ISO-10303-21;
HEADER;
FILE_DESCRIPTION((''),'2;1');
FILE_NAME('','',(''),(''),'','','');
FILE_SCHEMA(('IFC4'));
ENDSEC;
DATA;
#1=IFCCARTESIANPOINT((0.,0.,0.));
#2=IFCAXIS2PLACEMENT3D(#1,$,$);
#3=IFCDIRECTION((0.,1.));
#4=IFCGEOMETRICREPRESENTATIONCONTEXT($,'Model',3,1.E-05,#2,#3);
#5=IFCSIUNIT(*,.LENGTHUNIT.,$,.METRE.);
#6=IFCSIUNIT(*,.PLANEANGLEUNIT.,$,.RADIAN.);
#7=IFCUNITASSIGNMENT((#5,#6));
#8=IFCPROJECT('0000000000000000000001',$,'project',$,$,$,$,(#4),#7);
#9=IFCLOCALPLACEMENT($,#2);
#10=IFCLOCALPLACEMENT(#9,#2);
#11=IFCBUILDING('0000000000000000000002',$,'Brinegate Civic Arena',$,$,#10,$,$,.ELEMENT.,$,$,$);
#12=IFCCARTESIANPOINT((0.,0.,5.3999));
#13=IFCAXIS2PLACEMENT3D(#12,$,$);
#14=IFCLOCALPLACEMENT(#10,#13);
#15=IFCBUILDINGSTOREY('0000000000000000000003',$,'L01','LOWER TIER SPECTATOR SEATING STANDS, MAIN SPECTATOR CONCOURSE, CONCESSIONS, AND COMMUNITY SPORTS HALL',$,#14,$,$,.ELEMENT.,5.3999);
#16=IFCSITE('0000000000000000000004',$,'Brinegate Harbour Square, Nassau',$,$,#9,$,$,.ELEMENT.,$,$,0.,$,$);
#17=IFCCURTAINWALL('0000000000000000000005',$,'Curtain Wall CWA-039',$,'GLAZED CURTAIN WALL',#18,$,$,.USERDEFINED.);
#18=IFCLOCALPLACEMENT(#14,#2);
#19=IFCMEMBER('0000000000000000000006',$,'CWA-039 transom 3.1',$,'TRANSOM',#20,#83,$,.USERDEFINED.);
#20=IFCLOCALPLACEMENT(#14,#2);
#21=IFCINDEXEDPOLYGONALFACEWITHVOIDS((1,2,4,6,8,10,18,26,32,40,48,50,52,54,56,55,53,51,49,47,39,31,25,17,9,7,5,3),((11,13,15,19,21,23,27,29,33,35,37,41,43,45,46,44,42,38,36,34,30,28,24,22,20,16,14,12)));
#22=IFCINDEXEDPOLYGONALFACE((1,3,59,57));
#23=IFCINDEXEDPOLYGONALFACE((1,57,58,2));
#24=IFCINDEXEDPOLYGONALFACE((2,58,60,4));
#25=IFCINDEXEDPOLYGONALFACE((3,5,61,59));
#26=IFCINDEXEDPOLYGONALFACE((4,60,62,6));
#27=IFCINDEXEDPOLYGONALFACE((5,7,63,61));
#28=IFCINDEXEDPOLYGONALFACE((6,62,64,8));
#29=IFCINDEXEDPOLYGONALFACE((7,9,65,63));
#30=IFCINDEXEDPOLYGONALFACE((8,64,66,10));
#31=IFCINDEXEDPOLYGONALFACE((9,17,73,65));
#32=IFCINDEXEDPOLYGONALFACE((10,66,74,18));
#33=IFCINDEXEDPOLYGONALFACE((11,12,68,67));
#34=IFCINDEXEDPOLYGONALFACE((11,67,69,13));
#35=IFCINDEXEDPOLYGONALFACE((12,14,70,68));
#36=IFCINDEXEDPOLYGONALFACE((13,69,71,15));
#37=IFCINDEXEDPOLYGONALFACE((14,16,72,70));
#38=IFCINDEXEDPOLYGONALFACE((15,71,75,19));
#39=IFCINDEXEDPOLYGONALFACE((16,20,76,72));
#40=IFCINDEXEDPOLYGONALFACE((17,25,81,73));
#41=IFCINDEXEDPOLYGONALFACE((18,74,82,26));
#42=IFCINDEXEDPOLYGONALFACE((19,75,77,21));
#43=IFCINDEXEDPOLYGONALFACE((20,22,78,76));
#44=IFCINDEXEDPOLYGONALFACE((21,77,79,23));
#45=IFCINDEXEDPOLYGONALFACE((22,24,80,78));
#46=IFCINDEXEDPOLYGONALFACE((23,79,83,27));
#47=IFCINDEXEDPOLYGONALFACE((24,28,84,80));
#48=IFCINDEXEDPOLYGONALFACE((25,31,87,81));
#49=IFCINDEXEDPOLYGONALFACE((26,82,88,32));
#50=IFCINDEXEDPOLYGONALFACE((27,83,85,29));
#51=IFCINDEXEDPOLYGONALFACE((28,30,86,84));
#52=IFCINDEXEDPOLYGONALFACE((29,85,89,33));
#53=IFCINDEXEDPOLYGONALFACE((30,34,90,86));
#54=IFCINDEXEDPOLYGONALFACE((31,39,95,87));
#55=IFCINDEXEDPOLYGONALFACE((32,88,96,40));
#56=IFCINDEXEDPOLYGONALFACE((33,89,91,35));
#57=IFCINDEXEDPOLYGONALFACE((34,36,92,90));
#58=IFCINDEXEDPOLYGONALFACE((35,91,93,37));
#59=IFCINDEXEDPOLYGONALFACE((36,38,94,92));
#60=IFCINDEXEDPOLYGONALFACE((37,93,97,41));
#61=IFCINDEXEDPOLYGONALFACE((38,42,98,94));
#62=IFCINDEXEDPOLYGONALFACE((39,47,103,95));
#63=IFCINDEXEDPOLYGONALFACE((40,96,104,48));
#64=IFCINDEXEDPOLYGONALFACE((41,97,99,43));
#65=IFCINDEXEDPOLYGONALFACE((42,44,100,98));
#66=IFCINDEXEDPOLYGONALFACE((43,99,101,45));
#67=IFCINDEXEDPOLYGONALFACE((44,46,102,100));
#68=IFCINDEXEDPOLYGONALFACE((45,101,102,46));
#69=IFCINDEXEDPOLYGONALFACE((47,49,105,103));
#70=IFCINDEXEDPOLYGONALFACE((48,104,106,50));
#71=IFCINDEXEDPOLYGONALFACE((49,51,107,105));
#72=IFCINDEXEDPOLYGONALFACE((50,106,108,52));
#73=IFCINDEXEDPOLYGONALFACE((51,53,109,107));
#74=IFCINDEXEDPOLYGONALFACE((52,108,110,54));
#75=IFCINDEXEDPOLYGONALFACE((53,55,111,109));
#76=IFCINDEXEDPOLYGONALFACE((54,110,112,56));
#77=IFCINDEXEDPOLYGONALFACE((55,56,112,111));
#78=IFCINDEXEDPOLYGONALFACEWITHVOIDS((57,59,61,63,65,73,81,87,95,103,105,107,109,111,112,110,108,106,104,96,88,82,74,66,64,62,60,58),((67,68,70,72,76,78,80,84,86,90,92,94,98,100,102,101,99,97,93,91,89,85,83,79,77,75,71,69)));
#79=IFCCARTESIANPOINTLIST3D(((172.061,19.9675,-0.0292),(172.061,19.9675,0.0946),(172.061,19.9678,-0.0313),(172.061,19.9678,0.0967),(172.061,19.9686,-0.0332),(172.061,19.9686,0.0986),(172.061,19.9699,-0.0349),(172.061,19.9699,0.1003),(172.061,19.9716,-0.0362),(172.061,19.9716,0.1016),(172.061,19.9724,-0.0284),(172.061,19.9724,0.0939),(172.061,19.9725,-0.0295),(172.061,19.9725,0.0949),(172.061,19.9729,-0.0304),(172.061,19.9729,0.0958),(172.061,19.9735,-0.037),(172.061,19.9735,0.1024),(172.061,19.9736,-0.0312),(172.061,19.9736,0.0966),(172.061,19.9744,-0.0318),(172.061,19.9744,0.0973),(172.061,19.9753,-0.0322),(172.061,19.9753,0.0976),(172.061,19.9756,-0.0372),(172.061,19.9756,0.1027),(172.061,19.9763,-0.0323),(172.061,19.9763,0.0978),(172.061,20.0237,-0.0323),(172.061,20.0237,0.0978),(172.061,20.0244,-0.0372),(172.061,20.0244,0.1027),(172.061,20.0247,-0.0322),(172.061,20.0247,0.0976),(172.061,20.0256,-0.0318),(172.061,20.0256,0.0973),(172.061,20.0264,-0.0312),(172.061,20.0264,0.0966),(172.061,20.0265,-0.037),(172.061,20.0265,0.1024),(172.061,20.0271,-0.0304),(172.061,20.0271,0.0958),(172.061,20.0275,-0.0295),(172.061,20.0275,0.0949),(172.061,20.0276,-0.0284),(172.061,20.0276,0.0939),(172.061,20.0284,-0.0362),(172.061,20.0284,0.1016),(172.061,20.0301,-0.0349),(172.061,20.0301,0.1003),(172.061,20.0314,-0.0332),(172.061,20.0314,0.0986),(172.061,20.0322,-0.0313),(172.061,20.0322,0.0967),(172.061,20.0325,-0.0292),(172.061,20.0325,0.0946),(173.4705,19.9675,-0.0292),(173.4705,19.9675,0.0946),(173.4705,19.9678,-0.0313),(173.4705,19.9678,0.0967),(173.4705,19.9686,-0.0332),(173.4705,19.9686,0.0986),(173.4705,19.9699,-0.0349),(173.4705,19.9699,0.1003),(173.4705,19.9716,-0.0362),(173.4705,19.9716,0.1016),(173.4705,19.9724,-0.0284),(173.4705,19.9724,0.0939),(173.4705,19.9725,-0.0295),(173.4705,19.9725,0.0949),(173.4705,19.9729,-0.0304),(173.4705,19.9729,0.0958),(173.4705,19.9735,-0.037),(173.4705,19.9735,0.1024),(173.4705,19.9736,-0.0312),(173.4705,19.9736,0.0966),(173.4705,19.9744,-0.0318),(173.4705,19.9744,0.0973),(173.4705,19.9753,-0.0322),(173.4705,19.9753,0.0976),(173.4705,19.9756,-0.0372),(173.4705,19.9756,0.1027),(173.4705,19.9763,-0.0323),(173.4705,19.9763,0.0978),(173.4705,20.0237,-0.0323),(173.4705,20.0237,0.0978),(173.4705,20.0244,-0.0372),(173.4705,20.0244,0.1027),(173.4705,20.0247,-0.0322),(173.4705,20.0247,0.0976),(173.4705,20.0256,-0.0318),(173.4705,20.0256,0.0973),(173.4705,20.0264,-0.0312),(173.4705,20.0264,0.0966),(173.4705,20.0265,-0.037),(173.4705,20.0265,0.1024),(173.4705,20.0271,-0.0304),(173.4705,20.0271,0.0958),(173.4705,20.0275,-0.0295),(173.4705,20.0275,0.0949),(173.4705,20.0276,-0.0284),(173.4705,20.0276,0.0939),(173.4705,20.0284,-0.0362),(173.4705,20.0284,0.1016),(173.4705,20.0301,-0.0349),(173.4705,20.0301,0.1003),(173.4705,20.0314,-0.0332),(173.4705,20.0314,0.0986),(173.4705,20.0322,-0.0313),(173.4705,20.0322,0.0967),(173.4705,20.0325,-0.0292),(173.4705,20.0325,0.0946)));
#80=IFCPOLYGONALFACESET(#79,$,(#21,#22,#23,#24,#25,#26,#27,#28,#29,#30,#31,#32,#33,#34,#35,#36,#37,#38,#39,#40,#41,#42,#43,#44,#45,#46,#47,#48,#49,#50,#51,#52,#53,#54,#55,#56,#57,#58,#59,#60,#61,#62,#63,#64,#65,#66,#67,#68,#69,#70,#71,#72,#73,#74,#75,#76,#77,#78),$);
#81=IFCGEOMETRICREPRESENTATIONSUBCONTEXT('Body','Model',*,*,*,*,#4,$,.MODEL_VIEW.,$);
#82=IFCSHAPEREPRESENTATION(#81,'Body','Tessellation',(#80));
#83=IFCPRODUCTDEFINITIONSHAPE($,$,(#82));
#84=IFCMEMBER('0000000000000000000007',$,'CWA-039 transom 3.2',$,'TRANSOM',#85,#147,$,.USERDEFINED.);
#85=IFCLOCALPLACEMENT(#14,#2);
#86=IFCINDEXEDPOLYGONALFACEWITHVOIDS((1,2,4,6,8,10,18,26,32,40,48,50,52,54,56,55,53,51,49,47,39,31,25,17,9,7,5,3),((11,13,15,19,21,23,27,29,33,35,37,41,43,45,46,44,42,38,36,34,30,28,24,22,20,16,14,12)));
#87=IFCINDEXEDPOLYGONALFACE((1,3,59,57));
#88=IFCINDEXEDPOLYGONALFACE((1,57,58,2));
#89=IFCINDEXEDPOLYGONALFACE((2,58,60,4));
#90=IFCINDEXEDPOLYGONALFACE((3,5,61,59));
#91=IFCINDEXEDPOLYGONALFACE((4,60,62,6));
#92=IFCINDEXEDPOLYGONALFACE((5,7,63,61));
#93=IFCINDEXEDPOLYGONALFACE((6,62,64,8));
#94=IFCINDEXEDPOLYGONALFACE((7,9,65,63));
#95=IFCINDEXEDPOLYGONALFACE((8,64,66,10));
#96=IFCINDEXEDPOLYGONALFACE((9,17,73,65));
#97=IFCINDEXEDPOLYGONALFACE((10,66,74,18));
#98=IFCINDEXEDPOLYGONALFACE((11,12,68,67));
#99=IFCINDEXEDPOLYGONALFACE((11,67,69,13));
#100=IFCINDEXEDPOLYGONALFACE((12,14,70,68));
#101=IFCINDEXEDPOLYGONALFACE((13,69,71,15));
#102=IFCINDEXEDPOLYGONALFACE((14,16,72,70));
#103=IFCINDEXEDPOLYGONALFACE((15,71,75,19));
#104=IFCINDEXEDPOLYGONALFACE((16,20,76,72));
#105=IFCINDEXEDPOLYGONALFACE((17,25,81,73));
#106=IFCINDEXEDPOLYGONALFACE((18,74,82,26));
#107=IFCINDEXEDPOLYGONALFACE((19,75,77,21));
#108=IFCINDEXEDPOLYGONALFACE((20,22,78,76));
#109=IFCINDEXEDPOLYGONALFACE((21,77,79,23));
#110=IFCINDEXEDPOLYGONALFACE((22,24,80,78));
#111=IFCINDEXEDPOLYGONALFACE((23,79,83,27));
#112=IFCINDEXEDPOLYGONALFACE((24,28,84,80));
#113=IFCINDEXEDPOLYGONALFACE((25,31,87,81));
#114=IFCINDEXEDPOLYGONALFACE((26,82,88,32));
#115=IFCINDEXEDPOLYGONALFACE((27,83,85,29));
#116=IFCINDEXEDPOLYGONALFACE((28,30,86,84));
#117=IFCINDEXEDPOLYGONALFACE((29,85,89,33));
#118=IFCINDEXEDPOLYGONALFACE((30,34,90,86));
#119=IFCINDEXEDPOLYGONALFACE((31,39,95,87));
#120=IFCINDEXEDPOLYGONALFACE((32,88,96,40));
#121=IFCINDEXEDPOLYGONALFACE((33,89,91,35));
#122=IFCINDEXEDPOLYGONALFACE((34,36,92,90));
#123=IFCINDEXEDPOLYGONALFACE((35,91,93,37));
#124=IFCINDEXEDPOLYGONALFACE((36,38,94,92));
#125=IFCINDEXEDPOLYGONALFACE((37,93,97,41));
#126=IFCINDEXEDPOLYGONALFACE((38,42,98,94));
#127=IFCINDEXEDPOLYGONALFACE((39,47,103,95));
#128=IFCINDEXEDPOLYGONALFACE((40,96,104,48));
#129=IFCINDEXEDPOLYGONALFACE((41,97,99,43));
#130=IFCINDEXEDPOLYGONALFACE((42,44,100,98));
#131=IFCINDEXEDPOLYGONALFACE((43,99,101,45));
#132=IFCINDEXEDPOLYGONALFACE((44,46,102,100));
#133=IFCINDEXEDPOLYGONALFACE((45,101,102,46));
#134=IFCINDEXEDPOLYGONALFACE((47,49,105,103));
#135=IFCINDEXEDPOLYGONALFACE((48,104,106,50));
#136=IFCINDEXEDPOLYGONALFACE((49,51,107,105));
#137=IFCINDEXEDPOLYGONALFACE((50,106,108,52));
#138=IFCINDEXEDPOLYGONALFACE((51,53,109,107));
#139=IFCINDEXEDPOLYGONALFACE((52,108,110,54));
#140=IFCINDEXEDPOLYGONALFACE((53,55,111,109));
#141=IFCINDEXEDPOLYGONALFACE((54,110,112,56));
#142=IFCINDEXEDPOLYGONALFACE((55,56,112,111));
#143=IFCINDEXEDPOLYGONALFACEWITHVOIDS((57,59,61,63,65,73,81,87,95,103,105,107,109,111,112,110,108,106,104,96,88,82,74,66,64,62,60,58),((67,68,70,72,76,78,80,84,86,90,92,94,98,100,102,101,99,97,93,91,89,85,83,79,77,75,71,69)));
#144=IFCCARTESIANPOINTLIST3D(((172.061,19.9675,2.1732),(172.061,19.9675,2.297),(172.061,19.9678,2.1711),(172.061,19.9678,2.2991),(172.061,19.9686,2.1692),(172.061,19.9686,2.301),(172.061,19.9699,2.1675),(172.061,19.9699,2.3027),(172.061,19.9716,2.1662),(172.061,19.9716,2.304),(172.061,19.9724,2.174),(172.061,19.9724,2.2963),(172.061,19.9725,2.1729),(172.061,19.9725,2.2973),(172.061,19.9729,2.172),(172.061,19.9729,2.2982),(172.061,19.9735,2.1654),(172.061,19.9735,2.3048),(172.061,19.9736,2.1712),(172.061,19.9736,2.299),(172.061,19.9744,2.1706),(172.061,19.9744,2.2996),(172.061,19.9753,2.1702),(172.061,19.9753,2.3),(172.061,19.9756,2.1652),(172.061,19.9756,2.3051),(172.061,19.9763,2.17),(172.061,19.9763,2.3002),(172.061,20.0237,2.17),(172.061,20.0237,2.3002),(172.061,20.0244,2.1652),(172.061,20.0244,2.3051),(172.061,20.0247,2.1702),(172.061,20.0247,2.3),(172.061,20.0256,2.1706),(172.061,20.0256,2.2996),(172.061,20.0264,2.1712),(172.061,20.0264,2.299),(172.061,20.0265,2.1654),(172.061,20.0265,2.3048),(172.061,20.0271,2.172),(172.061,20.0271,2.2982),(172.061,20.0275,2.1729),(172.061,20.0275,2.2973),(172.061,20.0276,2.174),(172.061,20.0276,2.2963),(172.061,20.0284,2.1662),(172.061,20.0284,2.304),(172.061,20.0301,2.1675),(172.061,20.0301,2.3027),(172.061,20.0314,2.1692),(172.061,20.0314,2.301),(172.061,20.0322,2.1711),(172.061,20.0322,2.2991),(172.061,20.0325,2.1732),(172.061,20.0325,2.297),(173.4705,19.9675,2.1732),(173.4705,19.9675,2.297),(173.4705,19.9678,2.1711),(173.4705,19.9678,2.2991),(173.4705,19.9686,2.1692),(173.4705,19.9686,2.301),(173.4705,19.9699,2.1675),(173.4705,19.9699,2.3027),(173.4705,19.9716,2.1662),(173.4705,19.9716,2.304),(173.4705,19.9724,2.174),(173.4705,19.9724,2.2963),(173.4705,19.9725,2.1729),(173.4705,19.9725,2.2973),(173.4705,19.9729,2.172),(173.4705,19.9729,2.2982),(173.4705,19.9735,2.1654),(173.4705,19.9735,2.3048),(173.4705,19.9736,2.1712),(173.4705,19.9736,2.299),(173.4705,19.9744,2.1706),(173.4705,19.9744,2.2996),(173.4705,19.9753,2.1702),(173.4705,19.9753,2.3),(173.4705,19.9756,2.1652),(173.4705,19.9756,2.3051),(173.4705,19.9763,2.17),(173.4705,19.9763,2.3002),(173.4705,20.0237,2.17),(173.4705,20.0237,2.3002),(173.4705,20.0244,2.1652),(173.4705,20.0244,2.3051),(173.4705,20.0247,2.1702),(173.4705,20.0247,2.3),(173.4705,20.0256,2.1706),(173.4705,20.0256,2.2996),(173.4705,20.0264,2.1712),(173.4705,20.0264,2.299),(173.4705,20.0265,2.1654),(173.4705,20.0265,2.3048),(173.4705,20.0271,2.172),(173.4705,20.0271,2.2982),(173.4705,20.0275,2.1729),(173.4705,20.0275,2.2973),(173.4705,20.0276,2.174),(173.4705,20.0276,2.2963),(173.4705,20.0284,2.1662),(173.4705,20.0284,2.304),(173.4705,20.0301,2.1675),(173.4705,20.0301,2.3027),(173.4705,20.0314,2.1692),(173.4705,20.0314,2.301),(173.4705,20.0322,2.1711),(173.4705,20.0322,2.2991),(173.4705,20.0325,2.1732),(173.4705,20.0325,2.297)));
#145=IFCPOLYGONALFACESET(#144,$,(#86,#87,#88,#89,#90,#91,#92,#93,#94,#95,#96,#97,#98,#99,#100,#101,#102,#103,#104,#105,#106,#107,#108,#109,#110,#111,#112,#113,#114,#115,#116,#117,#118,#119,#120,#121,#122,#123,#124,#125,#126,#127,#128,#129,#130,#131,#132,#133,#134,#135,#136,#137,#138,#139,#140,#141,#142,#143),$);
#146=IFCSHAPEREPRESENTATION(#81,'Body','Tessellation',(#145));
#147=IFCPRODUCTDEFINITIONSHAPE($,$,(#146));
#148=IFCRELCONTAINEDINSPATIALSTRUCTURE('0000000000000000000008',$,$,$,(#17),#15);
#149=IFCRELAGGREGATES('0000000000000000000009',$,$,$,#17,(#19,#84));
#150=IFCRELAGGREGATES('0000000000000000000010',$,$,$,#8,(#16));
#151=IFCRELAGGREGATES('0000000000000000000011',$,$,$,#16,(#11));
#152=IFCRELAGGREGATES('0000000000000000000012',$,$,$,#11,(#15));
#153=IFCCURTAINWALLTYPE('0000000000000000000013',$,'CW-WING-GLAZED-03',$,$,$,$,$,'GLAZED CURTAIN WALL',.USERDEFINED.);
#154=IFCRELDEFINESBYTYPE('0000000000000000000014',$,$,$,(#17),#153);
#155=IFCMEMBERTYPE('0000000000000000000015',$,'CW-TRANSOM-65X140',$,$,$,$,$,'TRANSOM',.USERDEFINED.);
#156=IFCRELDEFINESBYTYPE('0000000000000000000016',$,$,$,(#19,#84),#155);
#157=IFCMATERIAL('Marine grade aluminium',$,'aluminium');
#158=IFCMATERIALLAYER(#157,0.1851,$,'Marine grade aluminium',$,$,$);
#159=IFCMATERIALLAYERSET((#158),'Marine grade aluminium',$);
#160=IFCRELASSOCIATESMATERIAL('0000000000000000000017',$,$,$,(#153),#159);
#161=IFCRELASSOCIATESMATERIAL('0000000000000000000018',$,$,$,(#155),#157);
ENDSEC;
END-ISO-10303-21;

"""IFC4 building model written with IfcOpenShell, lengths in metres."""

from ifc_helpers import new_model, si_unit, direction, frame, origin, origin_2d, place, context, subcontext, project, spatial, hollow_rectangle, extrude, material, layer, layer_set, material_profile, profile_set, type_object, element, aggregate, save


model = new_model("IFC4")

# Units and contexts
model_context = context("Model", 3, precision=1e-05, world=origin(), true_north=direction((0.0, 1.0)))
body_context = subcontext(model_context, "Body", "Model", "MODEL_VIEW")
ifc_project = project(units=[si_unit("LENGTHUNIT", "METRE"), si_unit("PLANEANGLEUNIT", "RADIAN")], contexts=[model_context])

# Site, building, storey
site_placement = place(None, origin())
site = spatial("IfcSite", under=ifc_project, at=site_placement, Name="Brinegate Harbour Square, Nassau", CompositionType="ELEMENT", RefElevation=0.0)
building_placement = place(site_placement, origin())
building = spatial("IfcBuilding", under=site, at=building_placement, Name="Brinegate Civic Arena", CompositionType="ELEMENT")
storey_placement = place(building_placement, frame((0.0, 0.0, 5.3999)))
storey = spatial("IfcBuildingStorey", under=building, at=storey_placement, Name="L01", Description="LOWER TIER SPECTATOR SEATING STANDS, MAIN SPECTATOR CONCOURSE, CONCESSIONS, AND COMMUNITY SPORTS HALL", CompositionType="ELEMENT", Elevation=5.3999)

# Curtain wall, members
ifc_material_1 = material(Name="Marine grade aluminium", Category="aluminium")
ifc_layer_1 = layer(ifc_material_1, 0.1851, Name="Marine grade aluminium")
ifc_layer_set_1 = layer_set([ifc_layer_1], Name="Marine grade aluminium")
curtain_wall_type = type_object("IfcCurtainWallType", Name="CW-WING-GLAZED-03", ElementType="GLAZED CURTAIN WALL", PredefinedType="USERDEFINED", material=ifc_layer_set_1)
curtain_wall_placement = place(storey_placement, origin())
curtain_wall = element("IfcCurtainWall", 1, at=curtain_wall_placement, inside=storey, type_object=curtain_wall_type, Name="Curtain Wall CWA-039", ObjectType="GLAZED CURTAIN WALL", PredefinedType="USERDEFINED")
ifc_material_profile_1 = material_profile(ifc_material_1, hollow_rectangle(XDim=0.0649, YDim=0.1399, WallThickness=0.0049, InnerFilletRadius=0.0039, OuterFilletRadius=0.0081, at=origin_2d()), Name="TRN65X140")
ifc_profile_set_1 = profile_set([ifc_material_profile_1], Name="Marine grade aluminium")
member_type_1 = type_object("IfcMemberType", Name="CW-TRANSOM-65X140", ElementType="TRANSOM", PredefinedType="USERDEFINED", material=ifc_profile_set_1)
member_1_placement = place(storey_placement, frame((172.061, 20.0, 0.0327), z_axis=(1.0, 0.0, 0.0), x_axis=(0.0, 1.0, 0.0)))
member_1 = element("IfcMember", 2, at=member_1_placement, type_object=member_type_1, Name="CWA-039 transom 3.1", ObjectType="TRANSOM", PredefinedType="USERDEFINED", context=body_context, shape_type="SweptSolid", body=[
    extrude(hollow_rectangle(XDim=0.0649, YDim=0.1399, WallThickness=0.0049, InnerFilletRadius=0.0039, OuterFilletRadius=0.0081, at=origin_2d()), origin(), (0.0, 0.0, 1.0), 1.4094),
])
member_2_placement = place(storey_placement, frame((172.061, 20.0, 2.2351), z_axis=(1.0, 0.0, 0.0), x_axis=(0.0, 1.0, 0.0)))
member_2 = element("IfcMember", 3, at=member_2_placement, type_object=member_type_1, Name="CWA-039 transom 3.2", ObjectType="TRANSOM", PredefinedType="USERDEFINED", context=body_context, shape_type="SweptSolid", body=[
    extrude(hollow_rectangle(XDim=0.0649, YDim=0.1399, WallThickness=0.0049, InnerFilletRadius=0.0039, OuterFilletRadius=0.0081, at=origin_2d()), origin(), (0.0, 0.0, 1.0), 1.4094),
])
aggregate(curtain_wall, [member_1, member_2])

save(model, "model.ifc")
